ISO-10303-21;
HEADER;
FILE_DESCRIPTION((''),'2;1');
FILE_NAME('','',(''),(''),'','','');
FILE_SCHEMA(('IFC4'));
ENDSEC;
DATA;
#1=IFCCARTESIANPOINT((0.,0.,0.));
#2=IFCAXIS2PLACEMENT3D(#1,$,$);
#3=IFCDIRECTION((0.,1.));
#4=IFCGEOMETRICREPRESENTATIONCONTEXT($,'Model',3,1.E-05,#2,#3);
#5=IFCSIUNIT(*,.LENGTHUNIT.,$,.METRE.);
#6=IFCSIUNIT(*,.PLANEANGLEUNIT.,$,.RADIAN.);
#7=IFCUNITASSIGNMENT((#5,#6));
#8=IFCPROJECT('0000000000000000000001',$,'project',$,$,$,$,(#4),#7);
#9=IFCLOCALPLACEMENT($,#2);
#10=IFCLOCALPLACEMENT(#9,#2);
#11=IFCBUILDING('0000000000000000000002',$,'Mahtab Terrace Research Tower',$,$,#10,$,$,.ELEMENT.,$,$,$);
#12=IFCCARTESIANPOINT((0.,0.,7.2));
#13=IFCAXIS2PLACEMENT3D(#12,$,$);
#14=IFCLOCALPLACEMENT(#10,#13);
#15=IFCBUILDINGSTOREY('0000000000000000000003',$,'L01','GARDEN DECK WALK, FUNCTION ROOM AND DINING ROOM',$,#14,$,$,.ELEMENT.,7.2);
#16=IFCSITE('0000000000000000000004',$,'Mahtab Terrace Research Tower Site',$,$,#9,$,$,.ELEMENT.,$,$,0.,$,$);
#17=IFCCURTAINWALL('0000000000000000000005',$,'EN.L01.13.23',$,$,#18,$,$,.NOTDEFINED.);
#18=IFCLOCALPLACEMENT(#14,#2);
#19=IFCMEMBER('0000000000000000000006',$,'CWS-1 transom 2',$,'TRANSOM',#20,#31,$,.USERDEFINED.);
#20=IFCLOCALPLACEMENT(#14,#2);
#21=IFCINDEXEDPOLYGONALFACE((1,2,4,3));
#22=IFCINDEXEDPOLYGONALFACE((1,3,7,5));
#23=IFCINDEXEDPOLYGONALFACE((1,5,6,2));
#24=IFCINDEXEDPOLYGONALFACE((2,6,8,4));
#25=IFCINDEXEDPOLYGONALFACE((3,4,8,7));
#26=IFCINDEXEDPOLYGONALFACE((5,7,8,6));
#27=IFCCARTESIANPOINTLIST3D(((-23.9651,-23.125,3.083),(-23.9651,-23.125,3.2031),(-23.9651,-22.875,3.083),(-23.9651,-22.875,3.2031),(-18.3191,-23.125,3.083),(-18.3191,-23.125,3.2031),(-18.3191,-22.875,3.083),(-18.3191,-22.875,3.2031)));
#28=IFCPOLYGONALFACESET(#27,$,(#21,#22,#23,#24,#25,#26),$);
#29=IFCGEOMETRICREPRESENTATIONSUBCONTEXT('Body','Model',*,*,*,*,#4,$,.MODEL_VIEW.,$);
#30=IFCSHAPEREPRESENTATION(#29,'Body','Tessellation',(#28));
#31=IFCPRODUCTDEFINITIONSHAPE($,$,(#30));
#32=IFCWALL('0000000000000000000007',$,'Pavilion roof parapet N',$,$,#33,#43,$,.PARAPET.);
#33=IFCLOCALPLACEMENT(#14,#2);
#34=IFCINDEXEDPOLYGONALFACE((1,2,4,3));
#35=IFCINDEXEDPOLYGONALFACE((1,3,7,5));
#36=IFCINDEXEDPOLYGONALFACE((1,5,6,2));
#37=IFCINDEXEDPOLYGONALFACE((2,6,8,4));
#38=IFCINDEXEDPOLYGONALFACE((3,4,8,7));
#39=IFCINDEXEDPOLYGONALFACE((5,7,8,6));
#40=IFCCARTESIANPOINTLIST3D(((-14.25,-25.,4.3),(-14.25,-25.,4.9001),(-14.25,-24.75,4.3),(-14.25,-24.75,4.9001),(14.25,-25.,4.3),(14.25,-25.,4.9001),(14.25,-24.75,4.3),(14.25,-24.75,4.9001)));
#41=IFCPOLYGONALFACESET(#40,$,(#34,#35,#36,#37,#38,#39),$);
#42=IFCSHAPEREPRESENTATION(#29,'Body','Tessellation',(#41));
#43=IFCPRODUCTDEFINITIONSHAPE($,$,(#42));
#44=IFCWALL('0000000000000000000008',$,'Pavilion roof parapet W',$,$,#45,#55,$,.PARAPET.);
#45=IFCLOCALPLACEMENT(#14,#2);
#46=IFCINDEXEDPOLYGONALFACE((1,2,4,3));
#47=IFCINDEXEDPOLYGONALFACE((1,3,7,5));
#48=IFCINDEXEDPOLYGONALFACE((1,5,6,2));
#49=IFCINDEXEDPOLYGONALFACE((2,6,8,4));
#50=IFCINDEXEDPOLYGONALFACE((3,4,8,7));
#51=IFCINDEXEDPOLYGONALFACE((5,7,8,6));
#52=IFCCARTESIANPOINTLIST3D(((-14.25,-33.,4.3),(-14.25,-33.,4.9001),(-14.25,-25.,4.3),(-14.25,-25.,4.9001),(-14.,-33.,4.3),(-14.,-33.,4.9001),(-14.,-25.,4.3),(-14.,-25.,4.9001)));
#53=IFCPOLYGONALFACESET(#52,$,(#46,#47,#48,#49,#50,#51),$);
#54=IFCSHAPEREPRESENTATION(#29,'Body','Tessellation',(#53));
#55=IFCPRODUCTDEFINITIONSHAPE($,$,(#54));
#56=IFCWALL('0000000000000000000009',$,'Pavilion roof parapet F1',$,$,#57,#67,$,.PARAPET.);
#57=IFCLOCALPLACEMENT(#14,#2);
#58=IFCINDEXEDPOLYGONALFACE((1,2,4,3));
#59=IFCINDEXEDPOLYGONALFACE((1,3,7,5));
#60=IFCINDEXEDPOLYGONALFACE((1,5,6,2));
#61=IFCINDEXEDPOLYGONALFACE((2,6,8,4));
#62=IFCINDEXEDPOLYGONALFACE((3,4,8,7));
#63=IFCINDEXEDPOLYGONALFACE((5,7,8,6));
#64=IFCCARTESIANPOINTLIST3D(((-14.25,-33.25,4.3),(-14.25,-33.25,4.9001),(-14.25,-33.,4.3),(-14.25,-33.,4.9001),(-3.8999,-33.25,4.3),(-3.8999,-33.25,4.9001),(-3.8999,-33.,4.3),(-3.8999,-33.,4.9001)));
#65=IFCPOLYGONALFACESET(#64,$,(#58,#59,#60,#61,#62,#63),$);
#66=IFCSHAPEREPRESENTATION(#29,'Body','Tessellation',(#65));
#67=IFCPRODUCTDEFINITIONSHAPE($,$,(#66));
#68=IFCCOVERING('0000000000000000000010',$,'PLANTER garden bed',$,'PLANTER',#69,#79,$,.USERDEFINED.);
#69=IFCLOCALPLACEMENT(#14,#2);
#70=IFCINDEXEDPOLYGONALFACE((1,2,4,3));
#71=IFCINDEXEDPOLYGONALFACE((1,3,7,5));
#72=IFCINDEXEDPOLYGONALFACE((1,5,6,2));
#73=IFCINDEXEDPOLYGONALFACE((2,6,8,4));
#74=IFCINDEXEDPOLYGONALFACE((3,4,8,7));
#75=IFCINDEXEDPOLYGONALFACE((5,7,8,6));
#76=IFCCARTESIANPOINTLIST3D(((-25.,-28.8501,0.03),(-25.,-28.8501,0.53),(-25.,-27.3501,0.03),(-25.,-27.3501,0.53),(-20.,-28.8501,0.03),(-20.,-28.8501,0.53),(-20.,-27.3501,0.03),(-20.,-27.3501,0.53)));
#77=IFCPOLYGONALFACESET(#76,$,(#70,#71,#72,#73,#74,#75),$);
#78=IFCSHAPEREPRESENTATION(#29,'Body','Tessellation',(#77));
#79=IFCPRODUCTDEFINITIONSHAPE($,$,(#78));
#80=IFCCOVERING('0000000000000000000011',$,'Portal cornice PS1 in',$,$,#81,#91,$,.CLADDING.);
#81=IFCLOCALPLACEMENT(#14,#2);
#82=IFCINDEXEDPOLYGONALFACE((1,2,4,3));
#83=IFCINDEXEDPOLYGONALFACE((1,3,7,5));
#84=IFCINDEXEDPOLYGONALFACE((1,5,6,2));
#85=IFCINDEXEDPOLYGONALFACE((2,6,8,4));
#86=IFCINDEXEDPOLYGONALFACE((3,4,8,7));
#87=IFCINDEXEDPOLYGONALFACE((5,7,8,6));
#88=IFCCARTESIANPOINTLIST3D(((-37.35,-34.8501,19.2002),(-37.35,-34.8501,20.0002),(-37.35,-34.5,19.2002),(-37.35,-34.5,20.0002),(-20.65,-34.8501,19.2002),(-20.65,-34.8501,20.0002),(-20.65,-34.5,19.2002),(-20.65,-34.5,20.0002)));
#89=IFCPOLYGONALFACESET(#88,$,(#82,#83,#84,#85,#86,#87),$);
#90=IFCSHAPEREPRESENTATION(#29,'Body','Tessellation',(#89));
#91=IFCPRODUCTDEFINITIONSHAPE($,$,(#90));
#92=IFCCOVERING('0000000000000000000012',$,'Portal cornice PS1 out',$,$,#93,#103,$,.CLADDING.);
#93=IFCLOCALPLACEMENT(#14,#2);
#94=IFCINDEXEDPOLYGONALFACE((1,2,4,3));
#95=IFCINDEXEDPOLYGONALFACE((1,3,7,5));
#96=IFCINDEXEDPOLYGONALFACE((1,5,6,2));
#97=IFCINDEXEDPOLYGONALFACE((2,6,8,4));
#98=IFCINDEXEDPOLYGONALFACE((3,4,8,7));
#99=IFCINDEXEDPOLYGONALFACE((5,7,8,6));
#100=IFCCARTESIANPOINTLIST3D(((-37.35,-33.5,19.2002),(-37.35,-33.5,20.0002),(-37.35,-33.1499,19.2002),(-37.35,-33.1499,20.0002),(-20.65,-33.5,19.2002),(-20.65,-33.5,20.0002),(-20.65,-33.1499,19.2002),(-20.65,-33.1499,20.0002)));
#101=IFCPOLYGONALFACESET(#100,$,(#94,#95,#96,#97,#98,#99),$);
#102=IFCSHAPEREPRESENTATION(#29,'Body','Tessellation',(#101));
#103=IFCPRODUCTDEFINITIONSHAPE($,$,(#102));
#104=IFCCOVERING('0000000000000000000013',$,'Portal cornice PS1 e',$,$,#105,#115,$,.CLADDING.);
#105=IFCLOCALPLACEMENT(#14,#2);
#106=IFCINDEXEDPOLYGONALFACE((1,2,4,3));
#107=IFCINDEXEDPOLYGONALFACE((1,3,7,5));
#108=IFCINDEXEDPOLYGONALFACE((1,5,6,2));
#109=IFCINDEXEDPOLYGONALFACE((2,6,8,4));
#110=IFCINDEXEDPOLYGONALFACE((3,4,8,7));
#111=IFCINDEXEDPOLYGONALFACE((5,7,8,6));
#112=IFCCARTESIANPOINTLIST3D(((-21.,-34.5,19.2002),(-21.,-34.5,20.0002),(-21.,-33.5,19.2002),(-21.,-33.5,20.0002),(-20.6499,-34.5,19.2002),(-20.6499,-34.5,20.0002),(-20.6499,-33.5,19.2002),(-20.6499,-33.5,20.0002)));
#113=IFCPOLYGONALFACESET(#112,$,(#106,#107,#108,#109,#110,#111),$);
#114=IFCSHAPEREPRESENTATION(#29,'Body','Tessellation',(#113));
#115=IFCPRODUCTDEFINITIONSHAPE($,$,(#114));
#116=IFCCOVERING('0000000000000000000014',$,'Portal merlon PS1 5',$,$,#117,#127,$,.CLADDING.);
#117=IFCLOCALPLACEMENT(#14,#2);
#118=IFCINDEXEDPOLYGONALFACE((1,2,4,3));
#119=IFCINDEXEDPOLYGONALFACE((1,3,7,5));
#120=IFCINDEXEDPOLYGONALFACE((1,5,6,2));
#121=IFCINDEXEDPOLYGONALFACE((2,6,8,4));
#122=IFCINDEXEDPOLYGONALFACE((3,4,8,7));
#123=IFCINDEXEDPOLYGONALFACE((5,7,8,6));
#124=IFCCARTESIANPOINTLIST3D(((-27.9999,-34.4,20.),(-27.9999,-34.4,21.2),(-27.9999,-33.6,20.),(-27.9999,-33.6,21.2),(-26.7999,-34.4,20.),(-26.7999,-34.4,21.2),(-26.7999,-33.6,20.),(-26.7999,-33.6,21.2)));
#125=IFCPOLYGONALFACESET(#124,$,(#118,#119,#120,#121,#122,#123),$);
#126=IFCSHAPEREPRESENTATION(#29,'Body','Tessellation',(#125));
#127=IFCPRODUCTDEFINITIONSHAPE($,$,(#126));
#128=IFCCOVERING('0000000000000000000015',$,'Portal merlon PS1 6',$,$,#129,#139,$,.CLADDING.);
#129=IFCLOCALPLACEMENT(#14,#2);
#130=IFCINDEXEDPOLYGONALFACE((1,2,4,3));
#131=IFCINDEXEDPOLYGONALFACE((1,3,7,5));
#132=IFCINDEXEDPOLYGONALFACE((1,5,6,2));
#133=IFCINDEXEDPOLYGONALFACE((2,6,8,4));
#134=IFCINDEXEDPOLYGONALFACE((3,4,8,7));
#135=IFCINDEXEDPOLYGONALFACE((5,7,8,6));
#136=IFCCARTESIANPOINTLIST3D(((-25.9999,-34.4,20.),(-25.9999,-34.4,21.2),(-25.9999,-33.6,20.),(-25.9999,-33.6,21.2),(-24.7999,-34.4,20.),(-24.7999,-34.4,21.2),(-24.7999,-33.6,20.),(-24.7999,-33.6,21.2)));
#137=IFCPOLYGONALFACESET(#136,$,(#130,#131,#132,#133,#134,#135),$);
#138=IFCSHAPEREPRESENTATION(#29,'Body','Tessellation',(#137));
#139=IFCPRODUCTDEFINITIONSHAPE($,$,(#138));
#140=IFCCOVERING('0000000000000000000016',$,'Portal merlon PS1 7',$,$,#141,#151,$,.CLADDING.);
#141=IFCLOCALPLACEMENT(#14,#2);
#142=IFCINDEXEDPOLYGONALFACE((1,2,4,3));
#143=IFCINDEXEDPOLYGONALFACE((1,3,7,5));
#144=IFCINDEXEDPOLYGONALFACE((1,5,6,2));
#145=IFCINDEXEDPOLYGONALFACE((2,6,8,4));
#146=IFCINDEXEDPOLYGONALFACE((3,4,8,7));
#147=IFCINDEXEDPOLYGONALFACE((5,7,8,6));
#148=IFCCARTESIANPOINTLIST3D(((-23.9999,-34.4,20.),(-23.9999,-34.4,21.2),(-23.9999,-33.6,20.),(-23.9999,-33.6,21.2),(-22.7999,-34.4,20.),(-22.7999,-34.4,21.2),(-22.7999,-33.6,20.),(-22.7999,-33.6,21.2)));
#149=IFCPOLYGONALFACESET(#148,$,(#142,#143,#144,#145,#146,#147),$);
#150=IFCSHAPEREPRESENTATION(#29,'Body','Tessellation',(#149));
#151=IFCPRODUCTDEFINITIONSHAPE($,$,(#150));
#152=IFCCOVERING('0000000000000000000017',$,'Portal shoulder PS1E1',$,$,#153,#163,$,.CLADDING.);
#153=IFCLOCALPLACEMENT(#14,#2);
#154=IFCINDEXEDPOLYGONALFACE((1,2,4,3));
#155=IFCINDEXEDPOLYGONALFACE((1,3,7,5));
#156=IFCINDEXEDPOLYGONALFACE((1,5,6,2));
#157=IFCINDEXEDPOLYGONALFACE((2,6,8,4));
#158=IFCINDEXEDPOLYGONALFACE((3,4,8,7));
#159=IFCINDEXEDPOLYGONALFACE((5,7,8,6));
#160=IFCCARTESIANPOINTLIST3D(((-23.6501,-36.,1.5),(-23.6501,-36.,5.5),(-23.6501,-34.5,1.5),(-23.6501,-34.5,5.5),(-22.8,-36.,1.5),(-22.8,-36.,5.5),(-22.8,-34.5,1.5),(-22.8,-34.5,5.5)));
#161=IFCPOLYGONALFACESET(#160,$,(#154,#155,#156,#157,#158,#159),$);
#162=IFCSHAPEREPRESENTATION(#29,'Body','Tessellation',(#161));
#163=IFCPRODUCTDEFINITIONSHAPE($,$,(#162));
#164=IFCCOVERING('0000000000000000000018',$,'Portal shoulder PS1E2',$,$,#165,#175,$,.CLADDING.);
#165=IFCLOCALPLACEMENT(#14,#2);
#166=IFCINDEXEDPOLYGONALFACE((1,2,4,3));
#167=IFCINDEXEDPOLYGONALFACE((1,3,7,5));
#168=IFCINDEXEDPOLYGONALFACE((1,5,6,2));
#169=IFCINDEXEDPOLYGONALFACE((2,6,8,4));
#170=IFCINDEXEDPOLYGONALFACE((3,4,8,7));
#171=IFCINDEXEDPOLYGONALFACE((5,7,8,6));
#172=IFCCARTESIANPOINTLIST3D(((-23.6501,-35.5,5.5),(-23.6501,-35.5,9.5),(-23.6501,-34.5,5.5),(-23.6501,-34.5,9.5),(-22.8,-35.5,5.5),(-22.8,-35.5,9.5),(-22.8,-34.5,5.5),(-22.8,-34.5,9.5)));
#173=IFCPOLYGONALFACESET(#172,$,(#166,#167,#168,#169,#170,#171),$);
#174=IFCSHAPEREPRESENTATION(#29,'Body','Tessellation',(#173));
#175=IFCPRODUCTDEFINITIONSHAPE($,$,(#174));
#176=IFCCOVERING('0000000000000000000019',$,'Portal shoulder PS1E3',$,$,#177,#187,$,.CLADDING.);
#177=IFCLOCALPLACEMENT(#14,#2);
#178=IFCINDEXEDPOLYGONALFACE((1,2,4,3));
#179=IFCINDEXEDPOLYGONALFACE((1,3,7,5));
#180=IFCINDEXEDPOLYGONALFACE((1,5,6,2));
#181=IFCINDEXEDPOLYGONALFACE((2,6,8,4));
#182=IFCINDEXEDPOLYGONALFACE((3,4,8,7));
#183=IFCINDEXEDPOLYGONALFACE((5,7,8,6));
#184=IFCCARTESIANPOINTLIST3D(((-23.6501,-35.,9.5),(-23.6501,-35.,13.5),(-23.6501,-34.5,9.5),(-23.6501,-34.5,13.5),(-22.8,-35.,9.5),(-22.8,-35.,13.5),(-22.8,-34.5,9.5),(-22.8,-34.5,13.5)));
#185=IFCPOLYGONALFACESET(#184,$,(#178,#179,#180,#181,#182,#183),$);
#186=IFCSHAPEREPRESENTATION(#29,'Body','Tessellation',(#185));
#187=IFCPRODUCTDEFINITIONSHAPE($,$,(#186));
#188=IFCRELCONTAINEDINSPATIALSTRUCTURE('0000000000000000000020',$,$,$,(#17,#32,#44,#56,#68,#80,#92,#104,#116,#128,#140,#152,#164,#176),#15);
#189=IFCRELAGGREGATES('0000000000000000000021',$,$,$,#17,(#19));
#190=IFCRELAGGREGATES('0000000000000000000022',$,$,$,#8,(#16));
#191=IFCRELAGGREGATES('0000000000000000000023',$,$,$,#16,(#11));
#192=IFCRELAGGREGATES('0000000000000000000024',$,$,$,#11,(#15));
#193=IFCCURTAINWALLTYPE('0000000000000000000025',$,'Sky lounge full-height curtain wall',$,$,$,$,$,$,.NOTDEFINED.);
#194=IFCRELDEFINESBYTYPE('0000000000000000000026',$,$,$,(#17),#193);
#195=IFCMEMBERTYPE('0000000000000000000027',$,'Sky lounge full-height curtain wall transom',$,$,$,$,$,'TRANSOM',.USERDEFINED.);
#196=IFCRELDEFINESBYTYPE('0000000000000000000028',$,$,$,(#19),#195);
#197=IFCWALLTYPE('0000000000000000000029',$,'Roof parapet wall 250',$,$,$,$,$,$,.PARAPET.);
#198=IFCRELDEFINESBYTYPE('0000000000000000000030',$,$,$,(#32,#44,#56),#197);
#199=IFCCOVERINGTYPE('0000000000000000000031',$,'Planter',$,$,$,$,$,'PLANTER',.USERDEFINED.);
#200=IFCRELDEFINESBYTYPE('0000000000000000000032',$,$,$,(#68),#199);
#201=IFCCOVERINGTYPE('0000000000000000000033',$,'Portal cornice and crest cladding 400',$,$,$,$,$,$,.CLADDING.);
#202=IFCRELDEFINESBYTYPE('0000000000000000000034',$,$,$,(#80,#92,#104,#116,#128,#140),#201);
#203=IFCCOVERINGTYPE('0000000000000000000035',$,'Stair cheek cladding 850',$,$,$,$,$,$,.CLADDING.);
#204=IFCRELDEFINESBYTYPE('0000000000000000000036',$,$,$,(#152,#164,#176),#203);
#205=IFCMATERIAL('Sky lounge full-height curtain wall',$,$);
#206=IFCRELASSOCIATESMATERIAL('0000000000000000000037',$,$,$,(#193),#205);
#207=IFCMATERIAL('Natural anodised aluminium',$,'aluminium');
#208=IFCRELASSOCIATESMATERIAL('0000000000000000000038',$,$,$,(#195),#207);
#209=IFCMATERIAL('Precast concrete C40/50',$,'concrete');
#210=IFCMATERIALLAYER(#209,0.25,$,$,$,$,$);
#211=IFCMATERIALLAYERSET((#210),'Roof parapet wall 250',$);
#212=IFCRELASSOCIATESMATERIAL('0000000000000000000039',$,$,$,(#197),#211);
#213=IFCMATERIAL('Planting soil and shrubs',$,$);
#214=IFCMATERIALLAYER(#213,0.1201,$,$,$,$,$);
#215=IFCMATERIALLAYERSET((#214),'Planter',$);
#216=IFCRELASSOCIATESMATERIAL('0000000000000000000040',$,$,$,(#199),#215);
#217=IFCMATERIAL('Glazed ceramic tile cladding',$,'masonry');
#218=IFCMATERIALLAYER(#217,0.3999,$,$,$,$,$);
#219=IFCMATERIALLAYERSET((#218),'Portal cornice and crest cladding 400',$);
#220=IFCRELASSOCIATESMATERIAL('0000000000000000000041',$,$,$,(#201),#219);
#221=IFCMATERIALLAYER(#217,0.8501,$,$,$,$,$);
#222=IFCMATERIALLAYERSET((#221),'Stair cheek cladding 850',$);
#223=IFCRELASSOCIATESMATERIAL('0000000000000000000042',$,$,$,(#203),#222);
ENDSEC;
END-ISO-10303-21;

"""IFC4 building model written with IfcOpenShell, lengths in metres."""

from ifc_helpers import new_model, si_unit, direction, frame, frame_2d, origin, origin_2d, place, context, subcontext, project, spatial, rectangle, extrude, material, layer, layer_set, material_profile, profile_set, type_object, element, aggregate, save


model = new_model("IFC4")

# Units and contexts
model_context = context("Model", 3, precision=1e-05, world=origin(), true_north=direction((0.0, 1.0)))
body_context = subcontext(model_context, "Body", "Model", "MODEL_VIEW")
ifc_project = project(units=[si_unit("LENGTHUNIT", "METRE"), si_unit("PLANEANGLEUNIT", "RADIAN")], contexts=[model_context])

# Site, building, storey
site_placement = place(None, origin())
site = spatial("IfcSite", under=ifc_project, at=site_placement, Name="Mahtab Terrace Research Tower Site", CompositionType="ELEMENT", RefElevation=0.0)
building_placement = place(site_placement, origin())
building = spatial("IfcBuilding", under=site, at=building_placement, Name="Mahtab Terrace Research Tower", CompositionType="ELEMENT")
storey_placement = place(building_placement, frame((0.0, 0.0, 7.2)))
storey = spatial("IfcBuildingStorey", under=building, at=storey_placement, Name="L01", Description="GARDEN DECK WALK, FUNCTION ROOM AND DINING ROOM", CompositionType="ELEMENT", Elevation=7.2)

# Curtain wall, member
ifc_material_1 = material(Name="Sky lounge full-height curtain wall")
curtain_wall_type = type_object("IfcCurtainWallType", Name="Sky lounge full-height curtain wall", PredefinedType="NOTDEFINED", material=ifc_material_1)
curtain_wall_placement = place(storey_placement, origin())
curtain_wall = element("IfcCurtainWall", 1, at=curtain_wall_placement, inside=storey, type_object=curtain_wall_type, Name="EN.L01.13.23", PredefinedType="NOTDEFINED")
ifc_material_2 = material(Name="Natural anodised aluminium", Category="aluminium")
ifc_material_profile = material_profile(ifc_material_2, rectangle(XDim=0.25, YDim=0.1201, at=origin_2d()), Name="TRANSOM 120x250")
ifc_profile_set = profile_set([ifc_material_profile], Name="Natural anodised aluminium")
member_type = type_object("IfcMemberType", Name="Sky lounge full-height curtain wall transom", ElementType="TRANSOM", PredefinedType="USERDEFINED", material=ifc_profile_set)
member_placement = place(storey_placement, frame((-23.9651, -23.0, 3.1431), z_axis=(1.0, 0.0, 0.0), x_axis=(0.0, 1.0, 0.0)))
member = element("IfcMember", 2, at=member_placement, type_object=member_type, Name="CWS-1 transom 2", ObjectType="TRANSOM", PredefinedType="USERDEFINED", context=body_context, shape_type="SweptSolid", body=[
    extrude(rectangle(XDim=0.25, YDim=0.1201, at=origin_2d()), origin(), (0.0, 0.0, 1.0), 5.646),
])
aggregate(curtain_wall, [member])

# Walls
ifc_material_3 = material(Name="Precast concrete C40/50", Category="concrete")
ifc_layer_1 = layer(ifc_material_3, 0.25)
ifc_layer_set_1 = layer_set([ifc_layer_1], Name="Roof parapet wall 250")
wall_type = type_object("IfcWallType", Name="Roof parapet wall 250", PredefinedType="PARAPET", material=ifc_layer_set_1)
wall_1_placement = place(storey_placement, frame((-14.25, -24.875, 4.3), z_axis=(0.0, 0.0, 1.0), x_axis=(1.0, 0.0, 0.0)))
element("IfcWall", 3, at=wall_1_placement, inside=storey, type_object=wall_type, Name="Pavilion roof parapet N", PredefinedType="PARAPET", context=body_context, shape_type="SweptSolid", body=[
    extrude(rectangle(XDim=28.5, YDim=0.25, at=frame_2d((14.25, 0.0))), origin(), (0.0, 0.0, 1.0), 0.6001),
])
wall_2_placement = place(storey_placement, frame((-14.125, -33.0, 4.3), z_axis=(0.0, 0.0, 1.0), x_axis=(0.0, 1.0, 0.0)))
element("IfcWall", 4, at=wall_2_placement, inside=storey, type_object=wall_type, Name="Pavilion roof parapet W", PredefinedType="PARAPET", context=body_context, shape_type="SweptSolid", body=[
    extrude(rectangle(XDim=8.0, YDim=0.25, at=frame_2d((4.0, 0.0))), origin(), (0.0, 0.0, 1.0), 0.6001),
])
wall_3_placement = place(storey_placement, frame((-14.25, -33.125, 4.3), z_axis=(0.0, 0.0, 1.0), x_axis=(1.0, 0.0, 0.0)))
element("IfcWall", 5, at=wall_3_placement, inside=storey, type_object=wall_type, Name="Pavilion roof parapet F1", PredefinedType="PARAPET", context=body_context, shape_type="SweptSolid", body=[
    extrude(rectangle(XDim=10.3501, YDim=0.25, at=frame_2d((5.175, 0.0))), origin(), (0.0, 0.0, 1.0), 0.6001),
])

# Coverings
ifc_material_4 = material(Name="Planting soil and shrubs")
ifc_layer_2 = layer(ifc_material_4, 0.1201)
ifc_layer_set_2 = layer_set([ifc_layer_2], Name="Planter")
covering_type_1 = type_object("IfcCoveringType", Name="Planter", ElementType="PLANTER", PredefinedType="USERDEFINED", material=ifc_layer_set_2)
covering_1_placement = place(storey_placement, frame((-22.5, -28.1001, 0.03), z_axis=(0.0, 0.0, 1.0), x_axis=(1.0, 0.0, 0.0)))
element("IfcCovering", 6, at=covering_1_placement, inside=storey, type_object=covering_type_1, Name="PLANTER garden bed", ObjectType="PLANTER", PredefinedType="USERDEFINED", context=body_context, shape_type="SweptSolid", body=[
    extrude(rectangle(XDim=5.0, YDim=1.5, at=origin_2d()), origin(), (0.0, 0.0, 1.0), 0.5),
])
ifc_material_5 = material(Name="Glazed ceramic tile cladding", Category="masonry")
ifc_layer_3 = layer(ifc_material_5, 0.3999)
ifc_layer_set_3 = layer_set([ifc_layer_3], Name="Portal cornice and crest cladding 400")
covering_type_2 = type_object("IfcCoveringType", Name="Portal cornice and crest cladding 400", PredefinedType="CLADDING", material=ifc_layer_set_3)
for number, where, z_axis, x_axis, name in (
    (7, (-29.0, -34.675, 19.2002), (0.0, 0.0, 1.0), (1.0, 0.0, 0.0), "Portal cornice PS1 in"),
    (8, (-29.0, -33.325, 19.2002), (0.0, 0.0, 1.0), (1.0, 0.0, 0.0), "Portal cornice PS1 out"),
):
    element("IfcCovering", number, at=place(storey_placement, frame(where, z_axis=z_axis, x_axis=x_axis)), inside=storey, type_object=covering_type_2, Name=name, PredefinedType="CLADDING", context=body_context, shape_type="SweptSolid", body=[
        extrude(rectangle(XDim=16.7, YDim=0.3501, at=origin_2d()), origin(), (0.0, 0.0, 1.0), 0.8),
    ])
covering_2_placement = place(storey_placement, frame((-20.825, -34.0, 19.2002), z_axis=(0.0, 0.0, 1.0), x_axis=(1.0, 0.0, 0.0)))
element("IfcCovering", 9, at=covering_2_placement, inside=storey, type_object=covering_type_2, Name="Portal cornice PS1 e", PredefinedType="CLADDING", context=body_context, shape_type="SweptSolid", body=[
    extrude(rectangle(XDim=0.3501, YDim=1.0, at=origin_2d()), origin(), (0.0, 0.0, 1.0), 0.8),
])
for number, where, z_axis, x_axis, name in (
    (10, (-27.3999, -34.0, 20.0), (0.0, 0.0, 1.0), (1.0, 0.0, 0.0), "Portal merlon PS1 5"),
    (11, (-25.3999, -34.0, 20.0), (0.0, 0.0, 1.0), (1.0, 0.0, 0.0), "Portal merlon PS1 6"),
    (12, (-23.3999, -34.0, 20.0), (0.0, 0.0, 1.0), (1.0, 0.0, 0.0), "Portal merlon PS1 7"),
):
    element("IfcCovering", number, at=place(storey_placement, frame(where, z_axis=z_axis, x_axis=x_axis)), inside=storey, type_object=covering_type_2, Name=name, PredefinedType="CLADDING", context=body_context, shape_type="SweptSolid", body=[
        extrude(rectangle(XDim=1.2, YDim=0.8, at=origin_2d()), origin(), (0.0, 0.0, 1.0), 1.2),
    ])
ifc_layer_4 = layer(ifc_material_5, 0.8501)
ifc_layer_set_4 = layer_set([ifc_layer_4], Name="Stair cheek cladding 850")
covering_type_3 = type_object("IfcCoveringType", Name="Stair cheek cladding 850", PredefinedType="CLADDING", material=ifc_layer_set_4)
covering_3_placement = place(storey_placement, frame((-23.2251, -35.25, 1.5), z_axis=(0.0, 0.0, 1.0), x_axis=(1.0, 0.0, 0.0)))
element("IfcCovering", 13, at=covering_3_placement, inside=storey, type_object=covering_type_3, Name="Portal shoulder PS1E1", PredefinedType="CLADDING", context=body_context, shape_type="SweptSolid", body=[
    extrude(rectangle(XDim=0.8501, YDim=1.5, at=origin_2d()), origin(), (0.0, 0.0, 1.0), 4.0),
])
covering_4_placement = place(storey_placement, frame((-23.2251, -35.0, 5.5), z_axis=(0.0, 0.0, 1.0), x_axis=(1.0, 0.0, 0.0)))
element("IfcCovering", 14, at=covering_4_placement, inside=storey, type_object=covering_type_3, Name="Portal shoulder PS1E2", PredefinedType="CLADDING", context=body_context, shape_type="SweptSolid", body=[
    extrude(rectangle(XDim=0.8501, YDim=1.0, at=origin_2d()), origin(), (0.0, 0.0, 1.0), 4.0),
])
covering_5_placement = place(storey_placement, frame((-23.2251, -34.75, 9.5), z_axis=(0.0, 0.0, 1.0), x_axis=(1.0, 0.0, 0.0)))
element("IfcCovering", 15, at=covering_5_placement, inside=storey, type_object=covering_type_3, Name="Portal shoulder PS1E3", PredefinedType="CLADDING", context=body_context, shape_type="SweptSolid", body=[
    extrude(rectangle(XDim=0.8501, YDim=0.5, at=origin_2d()), origin(), (0.0, 0.0, 1.0), 4.0),
])

save(model, "model.ifc")
